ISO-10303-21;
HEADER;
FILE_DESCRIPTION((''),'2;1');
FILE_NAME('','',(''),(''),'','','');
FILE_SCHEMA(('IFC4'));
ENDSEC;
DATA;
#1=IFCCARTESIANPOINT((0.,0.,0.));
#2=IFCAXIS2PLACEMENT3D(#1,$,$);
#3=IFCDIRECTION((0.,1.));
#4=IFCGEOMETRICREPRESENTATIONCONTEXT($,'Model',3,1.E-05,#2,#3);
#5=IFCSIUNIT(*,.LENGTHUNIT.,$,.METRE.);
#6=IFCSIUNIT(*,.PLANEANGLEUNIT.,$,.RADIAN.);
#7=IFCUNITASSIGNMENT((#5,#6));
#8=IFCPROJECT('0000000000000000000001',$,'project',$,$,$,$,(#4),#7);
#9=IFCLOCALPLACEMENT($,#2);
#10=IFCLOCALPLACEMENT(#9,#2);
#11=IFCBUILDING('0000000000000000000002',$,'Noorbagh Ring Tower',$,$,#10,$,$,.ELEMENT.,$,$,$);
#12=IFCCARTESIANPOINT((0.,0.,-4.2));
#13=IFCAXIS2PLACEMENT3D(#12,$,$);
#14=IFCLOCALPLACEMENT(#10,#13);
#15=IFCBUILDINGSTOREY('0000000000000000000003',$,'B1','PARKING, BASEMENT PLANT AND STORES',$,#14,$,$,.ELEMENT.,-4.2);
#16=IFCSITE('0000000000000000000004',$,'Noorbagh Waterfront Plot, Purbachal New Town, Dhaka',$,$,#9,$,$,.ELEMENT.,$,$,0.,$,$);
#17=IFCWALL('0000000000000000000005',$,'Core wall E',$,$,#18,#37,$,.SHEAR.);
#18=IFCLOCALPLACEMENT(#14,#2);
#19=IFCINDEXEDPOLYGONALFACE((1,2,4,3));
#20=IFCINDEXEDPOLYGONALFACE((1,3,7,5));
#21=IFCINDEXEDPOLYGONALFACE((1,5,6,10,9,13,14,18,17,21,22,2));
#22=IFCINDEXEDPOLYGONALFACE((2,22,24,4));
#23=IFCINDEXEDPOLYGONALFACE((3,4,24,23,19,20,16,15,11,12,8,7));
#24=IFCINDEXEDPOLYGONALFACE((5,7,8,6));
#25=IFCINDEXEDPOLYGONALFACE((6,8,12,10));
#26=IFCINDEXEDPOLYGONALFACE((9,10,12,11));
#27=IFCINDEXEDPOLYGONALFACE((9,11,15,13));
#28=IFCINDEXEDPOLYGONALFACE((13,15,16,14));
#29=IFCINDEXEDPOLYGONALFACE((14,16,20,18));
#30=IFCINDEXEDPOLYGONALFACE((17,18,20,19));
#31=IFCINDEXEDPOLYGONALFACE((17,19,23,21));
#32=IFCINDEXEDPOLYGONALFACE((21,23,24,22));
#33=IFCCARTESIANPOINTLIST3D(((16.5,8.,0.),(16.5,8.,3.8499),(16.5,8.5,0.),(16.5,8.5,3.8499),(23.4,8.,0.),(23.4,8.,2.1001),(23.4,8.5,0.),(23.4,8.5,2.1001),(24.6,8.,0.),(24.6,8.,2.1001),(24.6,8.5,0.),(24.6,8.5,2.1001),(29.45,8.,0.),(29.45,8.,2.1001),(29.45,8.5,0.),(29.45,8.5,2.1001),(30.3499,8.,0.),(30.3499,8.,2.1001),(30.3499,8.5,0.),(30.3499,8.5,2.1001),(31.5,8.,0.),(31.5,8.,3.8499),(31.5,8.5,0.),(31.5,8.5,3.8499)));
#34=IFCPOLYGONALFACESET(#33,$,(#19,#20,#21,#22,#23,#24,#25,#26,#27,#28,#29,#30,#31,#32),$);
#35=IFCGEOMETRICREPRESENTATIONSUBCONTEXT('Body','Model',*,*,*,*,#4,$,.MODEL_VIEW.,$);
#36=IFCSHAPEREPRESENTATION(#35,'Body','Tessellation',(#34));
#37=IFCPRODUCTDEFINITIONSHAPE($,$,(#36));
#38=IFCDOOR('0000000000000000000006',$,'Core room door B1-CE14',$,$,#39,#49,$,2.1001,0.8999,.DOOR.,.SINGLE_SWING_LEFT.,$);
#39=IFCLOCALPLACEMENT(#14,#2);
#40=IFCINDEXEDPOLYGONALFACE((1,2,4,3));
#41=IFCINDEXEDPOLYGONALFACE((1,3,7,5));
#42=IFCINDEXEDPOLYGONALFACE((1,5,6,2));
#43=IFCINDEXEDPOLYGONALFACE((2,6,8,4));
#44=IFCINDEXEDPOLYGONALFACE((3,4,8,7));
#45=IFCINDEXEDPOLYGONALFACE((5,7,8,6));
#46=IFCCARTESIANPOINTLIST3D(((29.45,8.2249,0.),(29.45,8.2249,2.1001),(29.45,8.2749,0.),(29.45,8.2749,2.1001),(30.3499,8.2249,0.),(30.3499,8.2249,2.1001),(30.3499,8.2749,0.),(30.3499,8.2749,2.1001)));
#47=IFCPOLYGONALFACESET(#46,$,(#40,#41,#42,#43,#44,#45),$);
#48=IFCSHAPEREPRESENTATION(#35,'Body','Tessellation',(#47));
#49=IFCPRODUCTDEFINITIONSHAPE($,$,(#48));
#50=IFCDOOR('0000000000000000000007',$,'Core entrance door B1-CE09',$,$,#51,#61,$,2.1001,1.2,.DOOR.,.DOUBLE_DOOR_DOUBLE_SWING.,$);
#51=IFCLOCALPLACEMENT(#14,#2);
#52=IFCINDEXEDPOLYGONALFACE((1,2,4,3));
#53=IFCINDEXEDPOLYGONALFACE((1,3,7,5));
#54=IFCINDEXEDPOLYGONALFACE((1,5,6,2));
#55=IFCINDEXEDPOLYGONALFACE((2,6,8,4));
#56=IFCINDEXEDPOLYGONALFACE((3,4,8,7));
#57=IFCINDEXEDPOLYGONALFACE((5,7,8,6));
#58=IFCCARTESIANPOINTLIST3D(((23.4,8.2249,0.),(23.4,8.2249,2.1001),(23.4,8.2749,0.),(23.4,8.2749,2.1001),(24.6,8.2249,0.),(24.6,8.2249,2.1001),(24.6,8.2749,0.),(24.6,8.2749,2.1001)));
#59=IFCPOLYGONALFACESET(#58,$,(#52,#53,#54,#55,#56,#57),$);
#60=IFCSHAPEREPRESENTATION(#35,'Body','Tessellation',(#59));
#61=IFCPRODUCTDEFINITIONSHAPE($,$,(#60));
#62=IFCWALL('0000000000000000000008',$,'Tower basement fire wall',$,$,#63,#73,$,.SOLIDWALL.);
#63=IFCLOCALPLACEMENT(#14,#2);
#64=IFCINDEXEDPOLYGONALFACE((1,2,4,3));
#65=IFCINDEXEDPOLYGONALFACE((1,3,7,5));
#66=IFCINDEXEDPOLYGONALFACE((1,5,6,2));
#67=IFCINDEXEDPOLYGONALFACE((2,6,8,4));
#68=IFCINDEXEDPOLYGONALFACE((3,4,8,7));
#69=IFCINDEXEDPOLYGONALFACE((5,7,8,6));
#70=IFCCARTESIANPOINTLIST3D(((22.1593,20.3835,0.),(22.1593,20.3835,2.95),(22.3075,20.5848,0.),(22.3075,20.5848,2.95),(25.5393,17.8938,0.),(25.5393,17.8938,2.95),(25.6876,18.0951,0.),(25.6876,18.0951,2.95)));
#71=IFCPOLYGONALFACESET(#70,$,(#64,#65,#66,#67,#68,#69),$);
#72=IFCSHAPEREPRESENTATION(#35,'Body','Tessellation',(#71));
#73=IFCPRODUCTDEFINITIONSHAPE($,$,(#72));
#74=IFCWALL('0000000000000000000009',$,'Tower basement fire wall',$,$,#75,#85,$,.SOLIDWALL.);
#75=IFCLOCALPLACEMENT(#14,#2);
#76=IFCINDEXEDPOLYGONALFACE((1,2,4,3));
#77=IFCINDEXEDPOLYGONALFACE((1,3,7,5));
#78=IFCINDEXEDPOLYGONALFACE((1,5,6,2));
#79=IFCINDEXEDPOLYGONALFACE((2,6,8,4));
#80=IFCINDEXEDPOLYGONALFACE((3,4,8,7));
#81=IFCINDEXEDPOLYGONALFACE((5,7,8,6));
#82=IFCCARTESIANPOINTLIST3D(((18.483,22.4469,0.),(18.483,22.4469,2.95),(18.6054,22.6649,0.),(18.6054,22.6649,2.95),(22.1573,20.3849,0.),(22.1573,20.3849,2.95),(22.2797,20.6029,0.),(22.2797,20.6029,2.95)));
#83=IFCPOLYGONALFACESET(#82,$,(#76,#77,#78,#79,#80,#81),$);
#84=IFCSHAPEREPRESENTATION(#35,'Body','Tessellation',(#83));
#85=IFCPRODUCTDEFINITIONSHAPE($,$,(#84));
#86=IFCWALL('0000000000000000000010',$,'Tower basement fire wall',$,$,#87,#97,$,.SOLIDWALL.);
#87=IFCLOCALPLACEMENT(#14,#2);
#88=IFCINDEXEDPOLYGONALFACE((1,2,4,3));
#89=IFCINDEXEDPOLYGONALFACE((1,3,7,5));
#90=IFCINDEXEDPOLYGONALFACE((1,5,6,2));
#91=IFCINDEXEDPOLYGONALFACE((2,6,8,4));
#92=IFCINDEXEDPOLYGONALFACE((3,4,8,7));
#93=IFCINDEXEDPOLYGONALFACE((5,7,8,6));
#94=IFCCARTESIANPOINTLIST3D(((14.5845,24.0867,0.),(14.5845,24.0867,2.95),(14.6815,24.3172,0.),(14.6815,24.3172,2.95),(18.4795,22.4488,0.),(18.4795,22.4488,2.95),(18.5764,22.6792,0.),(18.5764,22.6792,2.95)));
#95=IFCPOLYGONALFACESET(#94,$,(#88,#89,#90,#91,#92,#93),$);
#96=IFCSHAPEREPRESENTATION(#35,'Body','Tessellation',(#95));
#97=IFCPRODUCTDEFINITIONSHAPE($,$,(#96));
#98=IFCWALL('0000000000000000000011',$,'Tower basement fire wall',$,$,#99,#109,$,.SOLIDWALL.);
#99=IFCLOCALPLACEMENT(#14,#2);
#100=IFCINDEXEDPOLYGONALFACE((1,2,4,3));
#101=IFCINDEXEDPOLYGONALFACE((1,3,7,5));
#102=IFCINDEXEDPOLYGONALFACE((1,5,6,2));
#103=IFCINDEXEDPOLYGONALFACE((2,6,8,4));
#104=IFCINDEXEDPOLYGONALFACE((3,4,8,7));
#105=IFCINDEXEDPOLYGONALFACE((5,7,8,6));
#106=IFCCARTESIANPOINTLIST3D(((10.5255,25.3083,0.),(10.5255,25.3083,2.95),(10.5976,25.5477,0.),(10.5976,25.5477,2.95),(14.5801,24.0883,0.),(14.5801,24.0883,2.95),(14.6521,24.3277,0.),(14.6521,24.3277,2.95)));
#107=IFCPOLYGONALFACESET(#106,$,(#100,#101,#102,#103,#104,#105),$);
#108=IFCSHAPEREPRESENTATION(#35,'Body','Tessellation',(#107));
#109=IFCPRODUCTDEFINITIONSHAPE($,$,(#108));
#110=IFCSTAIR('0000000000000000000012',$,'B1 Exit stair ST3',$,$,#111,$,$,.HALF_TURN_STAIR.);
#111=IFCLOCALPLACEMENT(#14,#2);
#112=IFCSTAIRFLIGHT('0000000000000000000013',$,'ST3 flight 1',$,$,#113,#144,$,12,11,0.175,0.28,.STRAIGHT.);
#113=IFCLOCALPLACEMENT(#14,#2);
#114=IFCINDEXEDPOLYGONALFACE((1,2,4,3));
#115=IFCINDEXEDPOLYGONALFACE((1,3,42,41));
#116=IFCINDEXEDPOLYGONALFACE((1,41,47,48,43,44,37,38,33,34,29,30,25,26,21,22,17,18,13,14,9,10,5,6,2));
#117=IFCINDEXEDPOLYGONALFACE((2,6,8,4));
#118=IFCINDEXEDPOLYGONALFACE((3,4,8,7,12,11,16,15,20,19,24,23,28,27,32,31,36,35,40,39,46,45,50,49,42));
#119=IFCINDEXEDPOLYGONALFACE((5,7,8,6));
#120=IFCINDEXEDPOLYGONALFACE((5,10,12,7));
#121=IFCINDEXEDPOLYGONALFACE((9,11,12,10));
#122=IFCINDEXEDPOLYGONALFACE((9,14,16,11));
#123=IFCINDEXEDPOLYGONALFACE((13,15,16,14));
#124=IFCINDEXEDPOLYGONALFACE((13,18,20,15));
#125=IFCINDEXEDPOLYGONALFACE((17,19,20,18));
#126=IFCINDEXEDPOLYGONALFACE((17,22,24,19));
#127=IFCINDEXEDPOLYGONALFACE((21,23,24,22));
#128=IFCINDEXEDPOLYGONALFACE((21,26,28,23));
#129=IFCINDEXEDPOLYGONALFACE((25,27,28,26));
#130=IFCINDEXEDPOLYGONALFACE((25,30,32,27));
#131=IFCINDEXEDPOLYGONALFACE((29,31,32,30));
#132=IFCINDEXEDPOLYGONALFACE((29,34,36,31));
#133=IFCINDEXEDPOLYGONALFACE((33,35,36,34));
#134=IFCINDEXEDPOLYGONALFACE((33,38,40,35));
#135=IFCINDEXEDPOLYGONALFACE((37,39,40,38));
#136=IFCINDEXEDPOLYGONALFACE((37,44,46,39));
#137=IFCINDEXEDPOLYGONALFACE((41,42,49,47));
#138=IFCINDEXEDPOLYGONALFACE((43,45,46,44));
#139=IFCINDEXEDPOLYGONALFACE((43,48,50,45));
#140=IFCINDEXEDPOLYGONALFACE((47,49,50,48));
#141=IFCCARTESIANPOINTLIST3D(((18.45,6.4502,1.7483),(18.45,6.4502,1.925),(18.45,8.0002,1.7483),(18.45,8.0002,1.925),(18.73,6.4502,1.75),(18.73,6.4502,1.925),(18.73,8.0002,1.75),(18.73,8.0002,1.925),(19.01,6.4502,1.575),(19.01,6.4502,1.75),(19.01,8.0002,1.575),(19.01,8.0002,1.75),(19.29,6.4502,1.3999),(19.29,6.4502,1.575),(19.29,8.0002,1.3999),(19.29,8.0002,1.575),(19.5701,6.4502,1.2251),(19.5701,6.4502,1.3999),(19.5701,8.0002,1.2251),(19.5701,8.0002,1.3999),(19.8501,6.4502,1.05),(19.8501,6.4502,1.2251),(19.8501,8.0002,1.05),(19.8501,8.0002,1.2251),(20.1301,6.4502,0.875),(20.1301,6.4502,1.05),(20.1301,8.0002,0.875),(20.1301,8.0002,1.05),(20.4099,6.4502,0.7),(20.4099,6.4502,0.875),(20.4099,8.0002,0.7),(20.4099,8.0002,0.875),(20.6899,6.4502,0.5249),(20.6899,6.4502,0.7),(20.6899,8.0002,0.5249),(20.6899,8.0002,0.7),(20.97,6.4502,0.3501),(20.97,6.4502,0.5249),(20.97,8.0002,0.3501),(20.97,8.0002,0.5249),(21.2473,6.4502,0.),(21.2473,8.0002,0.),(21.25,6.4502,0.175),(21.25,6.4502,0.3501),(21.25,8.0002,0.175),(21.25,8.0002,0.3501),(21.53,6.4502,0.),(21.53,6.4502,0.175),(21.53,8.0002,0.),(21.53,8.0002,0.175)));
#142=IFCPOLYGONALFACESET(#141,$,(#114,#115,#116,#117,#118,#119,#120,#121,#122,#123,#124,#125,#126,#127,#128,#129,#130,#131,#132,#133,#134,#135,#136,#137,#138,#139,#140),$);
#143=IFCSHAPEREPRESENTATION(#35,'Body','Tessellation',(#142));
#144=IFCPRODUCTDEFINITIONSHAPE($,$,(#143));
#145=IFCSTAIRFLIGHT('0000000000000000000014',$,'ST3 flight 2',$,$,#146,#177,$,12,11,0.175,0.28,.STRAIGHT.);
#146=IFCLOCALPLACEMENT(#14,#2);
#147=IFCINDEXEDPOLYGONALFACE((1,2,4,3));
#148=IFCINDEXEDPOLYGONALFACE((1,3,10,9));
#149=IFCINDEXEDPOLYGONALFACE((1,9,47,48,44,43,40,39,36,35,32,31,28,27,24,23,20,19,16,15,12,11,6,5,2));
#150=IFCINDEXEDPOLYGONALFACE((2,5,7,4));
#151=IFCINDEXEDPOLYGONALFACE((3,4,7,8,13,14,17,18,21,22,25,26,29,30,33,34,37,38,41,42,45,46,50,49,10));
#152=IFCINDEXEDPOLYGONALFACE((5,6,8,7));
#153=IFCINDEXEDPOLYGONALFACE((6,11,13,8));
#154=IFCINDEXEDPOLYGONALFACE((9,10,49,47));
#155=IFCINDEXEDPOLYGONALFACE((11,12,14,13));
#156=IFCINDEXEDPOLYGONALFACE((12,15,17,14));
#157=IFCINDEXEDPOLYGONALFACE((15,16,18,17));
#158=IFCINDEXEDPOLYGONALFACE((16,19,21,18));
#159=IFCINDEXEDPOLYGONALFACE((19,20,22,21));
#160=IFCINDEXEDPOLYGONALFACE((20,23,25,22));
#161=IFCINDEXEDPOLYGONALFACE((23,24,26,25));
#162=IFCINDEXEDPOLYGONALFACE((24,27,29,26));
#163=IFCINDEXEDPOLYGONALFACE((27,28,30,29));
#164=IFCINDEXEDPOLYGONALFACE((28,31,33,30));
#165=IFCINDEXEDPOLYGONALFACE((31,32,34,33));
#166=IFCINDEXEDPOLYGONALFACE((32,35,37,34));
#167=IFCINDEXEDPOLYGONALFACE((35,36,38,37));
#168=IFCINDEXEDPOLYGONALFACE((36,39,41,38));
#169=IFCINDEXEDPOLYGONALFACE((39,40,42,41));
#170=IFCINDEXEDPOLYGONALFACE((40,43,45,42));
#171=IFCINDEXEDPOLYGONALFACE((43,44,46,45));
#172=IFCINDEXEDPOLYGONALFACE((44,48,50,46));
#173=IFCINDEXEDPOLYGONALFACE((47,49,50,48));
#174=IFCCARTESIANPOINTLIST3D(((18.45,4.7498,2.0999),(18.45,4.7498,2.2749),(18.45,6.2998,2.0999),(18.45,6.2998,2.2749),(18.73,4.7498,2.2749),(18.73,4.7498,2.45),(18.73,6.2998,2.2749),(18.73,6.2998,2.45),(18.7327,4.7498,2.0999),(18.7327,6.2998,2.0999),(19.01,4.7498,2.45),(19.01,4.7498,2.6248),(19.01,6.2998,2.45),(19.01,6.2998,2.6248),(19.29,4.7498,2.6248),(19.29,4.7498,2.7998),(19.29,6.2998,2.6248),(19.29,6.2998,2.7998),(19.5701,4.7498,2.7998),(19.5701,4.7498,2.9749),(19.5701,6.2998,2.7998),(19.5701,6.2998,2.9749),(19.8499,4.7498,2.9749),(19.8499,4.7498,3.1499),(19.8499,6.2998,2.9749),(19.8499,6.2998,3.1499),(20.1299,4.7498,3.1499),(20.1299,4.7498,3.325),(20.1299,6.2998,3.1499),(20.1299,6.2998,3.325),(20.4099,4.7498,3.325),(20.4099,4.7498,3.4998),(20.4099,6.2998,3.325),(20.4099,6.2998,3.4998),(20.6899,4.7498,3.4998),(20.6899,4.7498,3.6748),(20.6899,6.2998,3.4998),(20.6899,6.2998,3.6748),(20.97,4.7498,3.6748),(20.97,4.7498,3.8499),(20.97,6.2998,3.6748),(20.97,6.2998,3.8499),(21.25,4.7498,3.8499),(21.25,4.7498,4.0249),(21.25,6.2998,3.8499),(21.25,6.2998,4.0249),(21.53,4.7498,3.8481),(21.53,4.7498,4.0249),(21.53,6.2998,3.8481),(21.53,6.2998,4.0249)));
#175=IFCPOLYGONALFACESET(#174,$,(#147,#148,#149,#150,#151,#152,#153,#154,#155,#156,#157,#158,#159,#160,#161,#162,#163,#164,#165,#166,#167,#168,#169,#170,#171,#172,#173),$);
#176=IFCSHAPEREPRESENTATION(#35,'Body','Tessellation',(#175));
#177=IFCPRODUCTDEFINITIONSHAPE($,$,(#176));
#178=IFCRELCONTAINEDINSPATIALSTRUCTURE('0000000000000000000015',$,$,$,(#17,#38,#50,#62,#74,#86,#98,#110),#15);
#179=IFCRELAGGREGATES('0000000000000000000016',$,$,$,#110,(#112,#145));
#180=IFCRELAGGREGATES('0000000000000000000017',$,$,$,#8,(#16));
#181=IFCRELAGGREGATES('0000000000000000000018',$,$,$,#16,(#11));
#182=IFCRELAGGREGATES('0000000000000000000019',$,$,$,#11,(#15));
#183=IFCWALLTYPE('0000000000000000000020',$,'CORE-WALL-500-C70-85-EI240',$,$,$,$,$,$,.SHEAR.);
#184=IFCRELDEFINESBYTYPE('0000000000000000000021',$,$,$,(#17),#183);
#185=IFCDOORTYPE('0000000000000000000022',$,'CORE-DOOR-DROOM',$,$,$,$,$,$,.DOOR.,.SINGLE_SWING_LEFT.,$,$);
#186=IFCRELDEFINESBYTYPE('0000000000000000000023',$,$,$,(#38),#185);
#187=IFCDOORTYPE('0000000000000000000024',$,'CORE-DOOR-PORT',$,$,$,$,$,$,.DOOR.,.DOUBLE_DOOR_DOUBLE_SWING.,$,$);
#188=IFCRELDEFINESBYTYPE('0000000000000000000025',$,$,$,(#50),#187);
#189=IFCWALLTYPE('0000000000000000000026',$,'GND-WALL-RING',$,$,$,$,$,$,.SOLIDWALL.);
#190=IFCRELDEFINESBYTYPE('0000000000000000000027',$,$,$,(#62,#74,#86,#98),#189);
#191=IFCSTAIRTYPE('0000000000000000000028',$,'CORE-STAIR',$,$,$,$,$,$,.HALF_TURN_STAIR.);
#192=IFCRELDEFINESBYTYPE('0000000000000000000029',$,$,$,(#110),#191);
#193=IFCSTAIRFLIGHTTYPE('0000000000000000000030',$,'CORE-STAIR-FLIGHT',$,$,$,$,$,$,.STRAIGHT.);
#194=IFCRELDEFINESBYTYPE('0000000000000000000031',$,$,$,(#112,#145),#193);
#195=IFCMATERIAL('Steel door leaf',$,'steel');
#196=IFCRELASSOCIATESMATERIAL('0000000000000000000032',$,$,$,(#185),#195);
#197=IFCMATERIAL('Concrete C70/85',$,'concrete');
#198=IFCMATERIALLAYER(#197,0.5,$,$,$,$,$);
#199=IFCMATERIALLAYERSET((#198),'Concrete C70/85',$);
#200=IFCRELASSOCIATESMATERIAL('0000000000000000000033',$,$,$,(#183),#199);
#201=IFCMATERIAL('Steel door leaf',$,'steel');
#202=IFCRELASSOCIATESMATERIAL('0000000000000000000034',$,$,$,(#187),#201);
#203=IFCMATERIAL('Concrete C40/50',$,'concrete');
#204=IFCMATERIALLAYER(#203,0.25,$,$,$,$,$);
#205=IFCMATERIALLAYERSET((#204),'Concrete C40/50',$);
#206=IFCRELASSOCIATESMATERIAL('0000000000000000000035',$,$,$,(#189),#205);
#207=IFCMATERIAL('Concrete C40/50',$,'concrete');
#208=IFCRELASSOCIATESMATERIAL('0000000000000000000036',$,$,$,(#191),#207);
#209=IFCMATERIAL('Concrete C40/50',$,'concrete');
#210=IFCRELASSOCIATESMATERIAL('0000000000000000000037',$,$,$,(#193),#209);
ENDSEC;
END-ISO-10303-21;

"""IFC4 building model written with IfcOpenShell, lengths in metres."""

from ifc_helpers import new_model, si_unit, direction, frame, frame_2d, origin, place, context, subcontext, project, spatial, polyline, rectangle, outline, extrude, material, layer, layer_set, type_object, element, fill, aggregate, save


model = new_model("IFC4")

# Units and contexts
model_context = context("Model", 3, precision=1e-05, world=origin(), true_north=direction((0.0, 1.0)))
body_context = subcontext(model_context, "Body", "Model", "MODEL_VIEW")
ifc_project = project(units=[si_unit("LENGTHUNIT", "METRE"), si_unit("PLANEANGLEUNIT", "RADIAN")], contexts=[model_context])

# Site, building, storey
site_placement = place(None, origin())
site = spatial("IfcSite", under=ifc_project, at=site_placement, Name="Noorbagh Waterfront Plot, Purbachal New Town, Dhaka", CompositionType="ELEMENT", RefElevation=0.0)
building_placement = place(site_placement, origin())
building = spatial("IfcBuilding", under=site, at=building_placement, Name="Noorbagh Ring Tower", CompositionType="ELEMENT")
storey_placement = place(building_placement, frame((0.0, 0.0, -4.2)))
storey = spatial("IfcBuildingStorey", under=building, at=storey_placement, Name="B1", Description="PARKING, BASEMENT PLANT AND STORES", CompositionType="ELEMENT", Elevation=-4.2)

# Shared definitions
ifc_material_1 = material(Name="Steel door leaf", Category="steel")
door_type_1 = type_object("IfcDoorType", Name="CORE-DOOR-DROOM", OperationType="SINGLE_SWING_LEFT", PredefinedType="DOOR", material=ifc_material_1)

# Wall, openings, doors
ifc_material_2 = material(Name="Concrete C70/85", Category="concrete")
ifc_layer_1 = layer(ifc_material_2, 0.5)
ifc_layer_set_1 = layer_set([ifc_layer_1], Name="Concrete C70/85")
wall_type_1 = type_object("IfcWallType", Name="CORE-WALL-500-C70-85-EI240", PredefinedType="SHEAR", material=ifc_layer_set_1)
wall_1_placement = place(storey_placement, frame((16.5, 8.25, 0.0), z_axis=(0.0, 0.0, 1.0), x_axis=(1.0, 0.0, 0.0)))
wall_1 = element("IfcWall", 1, at=wall_1_placement, inside=storey, type_object=wall_type_1, Name="Core wall E", PredefinedType="SHEAR", context=body_context, shape_type="SweptSolid", body=[
    extrude(rectangle(XDim=15.0, YDim=0.5, at=frame_2d((7.5, 0.0))), origin(), (0.0, 0.0, 1.0), 3.8499),
])
opening_1_placement = place(wall_1_placement, frame((6.8999, 0.0, 0.0)))
opening_1 = element("IfcOpeningElement", 2, at=opening_1_placement, cuts=wall_1, PredefinedType="OPENING", context=body_context, shape_type="SweptSolid", body=[
    extrude(rectangle(XDim=1.2, YDim=2.1001, at=frame_2d((0.6001, 1.05))), frame((0.0, 0.26, 0.0), z_axis=(0.0, -1.0, 0.0), x_axis=(1.0, 0.0, 0.0)), (0.0, 0.0, 1.0), 0.52),
])
opening_2_placement = place(wall_1_placement, frame((12.95, 0.0, 0.0)))
opening_2 = element("IfcOpeningElement", 3, at=opening_2_placement, cuts=wall_1, PredefinedType="OPENING", context=body_context, shape_type="SweptSolid", body=[
    extrude(rectangle(XDim=0.8999, YDim=2.1001, at=frame_2d((0.45, 1.05))), frame((0.0, 0.26, 0.0), z_axis=(0.0, -1.0, 0.0), x_axis=(1.0, 0.0, 0.0)), (0.0, 0.0, 1.0), 0.52),
])
door_1_placement = place(opening_2_placement, origin())
door_1 = element("IfcDoor", 4, at=door_1_placement, inside=storey, type_object=door_type_1, Name="Core room door B1-CE14", OperationType="SINGLE_SWING_LEFT", OverallHeight=2.1001, OverallWidth=0.8999, PredefinedType="DOOR", context=body_context, shape_type="SweptSolid", body=[
    extrude(rectangle(XDim=0.8999, YDim=2.1001, at=frame_2d((0.45, 1.05))), frame((0.0, 0.0249, 0.0), z_axis=(0.0, -1.0, 0.0), x_axis=(1.0, 0.0, 0.0)), (0.0, 0.0, 1.0), 0.05),
])
fill(opening_2, door_1)
ifc_material_3 = material(Name="Steel door leaf", Category="steel")
door_type_2 = type_object("IfcDoorType", Name="CORE-DOOR-PORT", OperationType="DOUBLE_DOOR_DOUBLE_SWING", PredefinedType="DOOR", material=ifc_material_3)
door_2_placement = place(opening_1_placement, origin())
door_2 = element("IfcDoor", 5, at=door_2_placement, inside=storey, type_object=door_type_2, Name="Core entrance door B1-CE09", OperationType="DOUBLE_DOOR_DOUBLE_SWING", OverallHeight=2.1001, OverallWidth=1.2, PredefinedType="DOOR", context=body_context, shape_type="SweptSolid", body=[
    extrude(rectangle(XDim=1.2, YDim=2.1001, at=frame_2d((0.6001, 1.05))), frame((0.0, 0.0249, 0.0), z_axis=(0.0, -1.0, 0.0), x_axis=(1.0, 0.0, 0.0)), (0.0, 0.0, 1.0), 0.05),
])
fill(opening_1, door_2)

# Walls
ifc_material_4 = material(Name="Concrete C40/50", Category="concrete")
ifc_layer_2 = layer(ifc_material_4, 0.25)
ifc_layer_set_2 = layer_set([ifc_layer_2], Name="Concrete C40/50")
wall_type_2 = type_object("IfcWallType", Name="GND-WALL-RING", PredefinedType="SOLIDWALL", material=ifc_layer_set_2)
wall_2_placement = place(storey_placement, frame((25.6135, 17.9944, 0.0), z_axis=(0.0, 0.0, 1.0), x_axis=(-0.805155, 0.593064, 0.0)))
element("IfcWall", 6, at=wall_2_placement, inside=storey, type_object=wall_type_2, Name="Tower basement fire wall", PredefinedType="SOLIDWALL", context=body_context, shape_type="SweptSolid", body=[
    extrude(rectangle(XDim=4.198, YDim=0.25, at=frame_2d((2.0991, 0.0))), origin(), (0.0, 0.0, 1.0), 2.95),
])
wall_3_placement = place(storey_placement, frame((22.2185, 20.4939, 0.0), z_axis=(0.0, 0.0, 1.0), x_axis=(-0.872061, 0.489397, 0.0)))
element("IfcWall", 7, at=wall_3_placement, inside=storey, type_object=wall_type_2, Name="Tower basement fire wall", PredefinedType="SOLIDWALL", context=body_context, shape_type="SweptSolid", body=[
    extrude(rectangle(XDim=4.2134, YDim=0.25, at=frame_2d((2.1067, 0.0))), origin(), (0.0, 0.0, 1.0), 2.95),
])
wall_4_placement = place(storey_placement, frame((18.5281, 22.564, 0.0), z_axis=(0.0, 0.0, 1.0), x_axis=(-0.92181, 0.387641, 0.0)))
element("IfcWall", 8, at=wall_4_placement, inside=storey, type_object=wall_type_2, Name="Tower basement fire wall", PredefinedType="SOLIDWALL", context=body_context, shape_type="SweptSolid", body=[
    extrude(rectangle(XDim=4.2253, YDim=0.25, at=frame_2d((2.1128, 0.0))), origin(), (0.0, 0.0, 1.0), 2.95),
])
wall_5_placement = place(storey_placement, frame((14.6162, 24.208, 0.0), z_axis=(0.0, 0.0, 1.0), x_axis=(-0.957589, 0.288136, 0.0)))
element("IfcWall", 9, at=wall_5_placement, inside=storey, type_object=wall_type_2, Name="Tower basement fire wall", PredefinedType="SOLIDWALL", context=body_context, shape_type="SweptSolid", body=[
    extrude(rectangle(XDim=4.2341, YDim=0.25, at=frame_2d((2.1172, 0.0))), origin(), (0.0, 0.0, 1.0), 2.95),
])

# Stair, stair flights
ifc_material_5 = material(Name="Concrete C40/50", Category="concrete")
stair_type = type_object("IfcStairType", Name="CORE-STAIR", PredefinedType="HALF_TURN_STAIR", material=ifc_material_5)
stair_placement = place(storey_placement, origin())
stair = element("IfcStair", 10, at=stair_placement, inside=storey, type_object=stair_type, Name="B1 Exit stair ST3", PredefinedType="HALF_TURN_STAIR")
ifc_material_6 = material(Name="Concrete C40/50", Category="concrete")
stair_flight_type = type_object("IfcStairFlightType", Name="CORE-STAIR-FLIGHT", PredefinedType="STRAIGHT", material=ifc_material_6)
stair_flight_1_placement = place(storey_placement, frame((21.53, 7.2251, 0.0), z_axis=(0.0, 0.0, 1.0), x_axis=(-1.0, 0.0, 0.0)))
stair_flight_1 = element("IfcStairFlight", 11, at=stair_flight_1_placement, type_object=stair_flight_type, Name="ST3 flight 1", NumberOfRisers=12, NumberOfTreads=11, PredefinedType="STRAIGHT", RiserHeight=0.175, TreadLength=0.28, context=body_context, shape_type="SweptSolid", body=[
    extrude(outline(polyline([(0.0, 0.0), (0.0, 0.175), (0.28, 0.175), (0.28, 0.3501), (0.5601, 0.3501), (0.5601, 0.5249), (0.8401, 0.5249), (0.8401, 0.7), (1.1201, 0.7), (1.1201, 0.875), (1.3999, 0.875), (1.3999, 1.05), (1.6799, 1.05), (1.6799, 1.2251), (1.96, 1.2251), (1.96, 1.3999), (2.24, 1.3999), (2.24, 1.575), (2.52, 1.575), (2.52, 1.75), (2.8, 1.75), (2.8, 1.925), (3.0801, 1.925), (3.0801, 2.1001), (3.0801, 1.7483), (0.2827, 0.0), (0.0, 0.0)])), frame((0.0, 0.7749, 0.0), z_axis=(0.0, -1.0, 0.0), x_axis=(1.0, 0.0, 0.0)), (0.0, 0.0, 1.0), 1.55),
])
stair_flight_2_placement = place(storey_placement, frame((18.45, 5.5249, 2.0999), z_axis=(0.0, 0.0, 1.0), x_axis=(1.0, 0.0, 0.0)))
stair_flight_2 = element("IfcStairFlight", 12, at=stair_flight_2_placement, type_object=stair_flight_type, Name="ST3 flight 2", NumberOfRisers=12, NumberOfTreads=11, PredefinedType="STRAIGHT", RiserHeight=0.175, TreadLength=0.28, context=body_context, shape_type="SweptSolid", body=[
    extrude(outline(polyline([(0.0, 0.0), (0.0, 0.175), (0.28, 0.175), (0.28, 0.3501), (0.5601, 0.3501), (0.5601, 0.5249), (0.8401, 0.5249), (0.8401, 0.7), (1.1201, 0.7), (1.1201, 0.875), (1.3999, 0.875), (1.3999, 1.05), (1.6799, 1.05), (1.6799, 1.2251), (1.96, 1.2251), (1.96, 1.3999), (2.24, 1.3999), (2.24, 1.575), (2.52, 1.575), (2.52, 1.75), (2.8, 1.75), (2.8, 1.925), (3.0801, 1.925), (3.0801, 2.1001), (3.0801, 1.7483), (0.2827, 0.0), (0.0, 0.0)])), frame((0.0, 0.7749, 0.0), z_axis=(0.0, -1.0, 0.0), x_axis=(1.0, 0.0, 0.0)), (0.0, 0.0, 1.0), 1.55),
])
aggregate(stair, [stair_flight_1, stair_flight_2])

save(model, "model.ifc")
